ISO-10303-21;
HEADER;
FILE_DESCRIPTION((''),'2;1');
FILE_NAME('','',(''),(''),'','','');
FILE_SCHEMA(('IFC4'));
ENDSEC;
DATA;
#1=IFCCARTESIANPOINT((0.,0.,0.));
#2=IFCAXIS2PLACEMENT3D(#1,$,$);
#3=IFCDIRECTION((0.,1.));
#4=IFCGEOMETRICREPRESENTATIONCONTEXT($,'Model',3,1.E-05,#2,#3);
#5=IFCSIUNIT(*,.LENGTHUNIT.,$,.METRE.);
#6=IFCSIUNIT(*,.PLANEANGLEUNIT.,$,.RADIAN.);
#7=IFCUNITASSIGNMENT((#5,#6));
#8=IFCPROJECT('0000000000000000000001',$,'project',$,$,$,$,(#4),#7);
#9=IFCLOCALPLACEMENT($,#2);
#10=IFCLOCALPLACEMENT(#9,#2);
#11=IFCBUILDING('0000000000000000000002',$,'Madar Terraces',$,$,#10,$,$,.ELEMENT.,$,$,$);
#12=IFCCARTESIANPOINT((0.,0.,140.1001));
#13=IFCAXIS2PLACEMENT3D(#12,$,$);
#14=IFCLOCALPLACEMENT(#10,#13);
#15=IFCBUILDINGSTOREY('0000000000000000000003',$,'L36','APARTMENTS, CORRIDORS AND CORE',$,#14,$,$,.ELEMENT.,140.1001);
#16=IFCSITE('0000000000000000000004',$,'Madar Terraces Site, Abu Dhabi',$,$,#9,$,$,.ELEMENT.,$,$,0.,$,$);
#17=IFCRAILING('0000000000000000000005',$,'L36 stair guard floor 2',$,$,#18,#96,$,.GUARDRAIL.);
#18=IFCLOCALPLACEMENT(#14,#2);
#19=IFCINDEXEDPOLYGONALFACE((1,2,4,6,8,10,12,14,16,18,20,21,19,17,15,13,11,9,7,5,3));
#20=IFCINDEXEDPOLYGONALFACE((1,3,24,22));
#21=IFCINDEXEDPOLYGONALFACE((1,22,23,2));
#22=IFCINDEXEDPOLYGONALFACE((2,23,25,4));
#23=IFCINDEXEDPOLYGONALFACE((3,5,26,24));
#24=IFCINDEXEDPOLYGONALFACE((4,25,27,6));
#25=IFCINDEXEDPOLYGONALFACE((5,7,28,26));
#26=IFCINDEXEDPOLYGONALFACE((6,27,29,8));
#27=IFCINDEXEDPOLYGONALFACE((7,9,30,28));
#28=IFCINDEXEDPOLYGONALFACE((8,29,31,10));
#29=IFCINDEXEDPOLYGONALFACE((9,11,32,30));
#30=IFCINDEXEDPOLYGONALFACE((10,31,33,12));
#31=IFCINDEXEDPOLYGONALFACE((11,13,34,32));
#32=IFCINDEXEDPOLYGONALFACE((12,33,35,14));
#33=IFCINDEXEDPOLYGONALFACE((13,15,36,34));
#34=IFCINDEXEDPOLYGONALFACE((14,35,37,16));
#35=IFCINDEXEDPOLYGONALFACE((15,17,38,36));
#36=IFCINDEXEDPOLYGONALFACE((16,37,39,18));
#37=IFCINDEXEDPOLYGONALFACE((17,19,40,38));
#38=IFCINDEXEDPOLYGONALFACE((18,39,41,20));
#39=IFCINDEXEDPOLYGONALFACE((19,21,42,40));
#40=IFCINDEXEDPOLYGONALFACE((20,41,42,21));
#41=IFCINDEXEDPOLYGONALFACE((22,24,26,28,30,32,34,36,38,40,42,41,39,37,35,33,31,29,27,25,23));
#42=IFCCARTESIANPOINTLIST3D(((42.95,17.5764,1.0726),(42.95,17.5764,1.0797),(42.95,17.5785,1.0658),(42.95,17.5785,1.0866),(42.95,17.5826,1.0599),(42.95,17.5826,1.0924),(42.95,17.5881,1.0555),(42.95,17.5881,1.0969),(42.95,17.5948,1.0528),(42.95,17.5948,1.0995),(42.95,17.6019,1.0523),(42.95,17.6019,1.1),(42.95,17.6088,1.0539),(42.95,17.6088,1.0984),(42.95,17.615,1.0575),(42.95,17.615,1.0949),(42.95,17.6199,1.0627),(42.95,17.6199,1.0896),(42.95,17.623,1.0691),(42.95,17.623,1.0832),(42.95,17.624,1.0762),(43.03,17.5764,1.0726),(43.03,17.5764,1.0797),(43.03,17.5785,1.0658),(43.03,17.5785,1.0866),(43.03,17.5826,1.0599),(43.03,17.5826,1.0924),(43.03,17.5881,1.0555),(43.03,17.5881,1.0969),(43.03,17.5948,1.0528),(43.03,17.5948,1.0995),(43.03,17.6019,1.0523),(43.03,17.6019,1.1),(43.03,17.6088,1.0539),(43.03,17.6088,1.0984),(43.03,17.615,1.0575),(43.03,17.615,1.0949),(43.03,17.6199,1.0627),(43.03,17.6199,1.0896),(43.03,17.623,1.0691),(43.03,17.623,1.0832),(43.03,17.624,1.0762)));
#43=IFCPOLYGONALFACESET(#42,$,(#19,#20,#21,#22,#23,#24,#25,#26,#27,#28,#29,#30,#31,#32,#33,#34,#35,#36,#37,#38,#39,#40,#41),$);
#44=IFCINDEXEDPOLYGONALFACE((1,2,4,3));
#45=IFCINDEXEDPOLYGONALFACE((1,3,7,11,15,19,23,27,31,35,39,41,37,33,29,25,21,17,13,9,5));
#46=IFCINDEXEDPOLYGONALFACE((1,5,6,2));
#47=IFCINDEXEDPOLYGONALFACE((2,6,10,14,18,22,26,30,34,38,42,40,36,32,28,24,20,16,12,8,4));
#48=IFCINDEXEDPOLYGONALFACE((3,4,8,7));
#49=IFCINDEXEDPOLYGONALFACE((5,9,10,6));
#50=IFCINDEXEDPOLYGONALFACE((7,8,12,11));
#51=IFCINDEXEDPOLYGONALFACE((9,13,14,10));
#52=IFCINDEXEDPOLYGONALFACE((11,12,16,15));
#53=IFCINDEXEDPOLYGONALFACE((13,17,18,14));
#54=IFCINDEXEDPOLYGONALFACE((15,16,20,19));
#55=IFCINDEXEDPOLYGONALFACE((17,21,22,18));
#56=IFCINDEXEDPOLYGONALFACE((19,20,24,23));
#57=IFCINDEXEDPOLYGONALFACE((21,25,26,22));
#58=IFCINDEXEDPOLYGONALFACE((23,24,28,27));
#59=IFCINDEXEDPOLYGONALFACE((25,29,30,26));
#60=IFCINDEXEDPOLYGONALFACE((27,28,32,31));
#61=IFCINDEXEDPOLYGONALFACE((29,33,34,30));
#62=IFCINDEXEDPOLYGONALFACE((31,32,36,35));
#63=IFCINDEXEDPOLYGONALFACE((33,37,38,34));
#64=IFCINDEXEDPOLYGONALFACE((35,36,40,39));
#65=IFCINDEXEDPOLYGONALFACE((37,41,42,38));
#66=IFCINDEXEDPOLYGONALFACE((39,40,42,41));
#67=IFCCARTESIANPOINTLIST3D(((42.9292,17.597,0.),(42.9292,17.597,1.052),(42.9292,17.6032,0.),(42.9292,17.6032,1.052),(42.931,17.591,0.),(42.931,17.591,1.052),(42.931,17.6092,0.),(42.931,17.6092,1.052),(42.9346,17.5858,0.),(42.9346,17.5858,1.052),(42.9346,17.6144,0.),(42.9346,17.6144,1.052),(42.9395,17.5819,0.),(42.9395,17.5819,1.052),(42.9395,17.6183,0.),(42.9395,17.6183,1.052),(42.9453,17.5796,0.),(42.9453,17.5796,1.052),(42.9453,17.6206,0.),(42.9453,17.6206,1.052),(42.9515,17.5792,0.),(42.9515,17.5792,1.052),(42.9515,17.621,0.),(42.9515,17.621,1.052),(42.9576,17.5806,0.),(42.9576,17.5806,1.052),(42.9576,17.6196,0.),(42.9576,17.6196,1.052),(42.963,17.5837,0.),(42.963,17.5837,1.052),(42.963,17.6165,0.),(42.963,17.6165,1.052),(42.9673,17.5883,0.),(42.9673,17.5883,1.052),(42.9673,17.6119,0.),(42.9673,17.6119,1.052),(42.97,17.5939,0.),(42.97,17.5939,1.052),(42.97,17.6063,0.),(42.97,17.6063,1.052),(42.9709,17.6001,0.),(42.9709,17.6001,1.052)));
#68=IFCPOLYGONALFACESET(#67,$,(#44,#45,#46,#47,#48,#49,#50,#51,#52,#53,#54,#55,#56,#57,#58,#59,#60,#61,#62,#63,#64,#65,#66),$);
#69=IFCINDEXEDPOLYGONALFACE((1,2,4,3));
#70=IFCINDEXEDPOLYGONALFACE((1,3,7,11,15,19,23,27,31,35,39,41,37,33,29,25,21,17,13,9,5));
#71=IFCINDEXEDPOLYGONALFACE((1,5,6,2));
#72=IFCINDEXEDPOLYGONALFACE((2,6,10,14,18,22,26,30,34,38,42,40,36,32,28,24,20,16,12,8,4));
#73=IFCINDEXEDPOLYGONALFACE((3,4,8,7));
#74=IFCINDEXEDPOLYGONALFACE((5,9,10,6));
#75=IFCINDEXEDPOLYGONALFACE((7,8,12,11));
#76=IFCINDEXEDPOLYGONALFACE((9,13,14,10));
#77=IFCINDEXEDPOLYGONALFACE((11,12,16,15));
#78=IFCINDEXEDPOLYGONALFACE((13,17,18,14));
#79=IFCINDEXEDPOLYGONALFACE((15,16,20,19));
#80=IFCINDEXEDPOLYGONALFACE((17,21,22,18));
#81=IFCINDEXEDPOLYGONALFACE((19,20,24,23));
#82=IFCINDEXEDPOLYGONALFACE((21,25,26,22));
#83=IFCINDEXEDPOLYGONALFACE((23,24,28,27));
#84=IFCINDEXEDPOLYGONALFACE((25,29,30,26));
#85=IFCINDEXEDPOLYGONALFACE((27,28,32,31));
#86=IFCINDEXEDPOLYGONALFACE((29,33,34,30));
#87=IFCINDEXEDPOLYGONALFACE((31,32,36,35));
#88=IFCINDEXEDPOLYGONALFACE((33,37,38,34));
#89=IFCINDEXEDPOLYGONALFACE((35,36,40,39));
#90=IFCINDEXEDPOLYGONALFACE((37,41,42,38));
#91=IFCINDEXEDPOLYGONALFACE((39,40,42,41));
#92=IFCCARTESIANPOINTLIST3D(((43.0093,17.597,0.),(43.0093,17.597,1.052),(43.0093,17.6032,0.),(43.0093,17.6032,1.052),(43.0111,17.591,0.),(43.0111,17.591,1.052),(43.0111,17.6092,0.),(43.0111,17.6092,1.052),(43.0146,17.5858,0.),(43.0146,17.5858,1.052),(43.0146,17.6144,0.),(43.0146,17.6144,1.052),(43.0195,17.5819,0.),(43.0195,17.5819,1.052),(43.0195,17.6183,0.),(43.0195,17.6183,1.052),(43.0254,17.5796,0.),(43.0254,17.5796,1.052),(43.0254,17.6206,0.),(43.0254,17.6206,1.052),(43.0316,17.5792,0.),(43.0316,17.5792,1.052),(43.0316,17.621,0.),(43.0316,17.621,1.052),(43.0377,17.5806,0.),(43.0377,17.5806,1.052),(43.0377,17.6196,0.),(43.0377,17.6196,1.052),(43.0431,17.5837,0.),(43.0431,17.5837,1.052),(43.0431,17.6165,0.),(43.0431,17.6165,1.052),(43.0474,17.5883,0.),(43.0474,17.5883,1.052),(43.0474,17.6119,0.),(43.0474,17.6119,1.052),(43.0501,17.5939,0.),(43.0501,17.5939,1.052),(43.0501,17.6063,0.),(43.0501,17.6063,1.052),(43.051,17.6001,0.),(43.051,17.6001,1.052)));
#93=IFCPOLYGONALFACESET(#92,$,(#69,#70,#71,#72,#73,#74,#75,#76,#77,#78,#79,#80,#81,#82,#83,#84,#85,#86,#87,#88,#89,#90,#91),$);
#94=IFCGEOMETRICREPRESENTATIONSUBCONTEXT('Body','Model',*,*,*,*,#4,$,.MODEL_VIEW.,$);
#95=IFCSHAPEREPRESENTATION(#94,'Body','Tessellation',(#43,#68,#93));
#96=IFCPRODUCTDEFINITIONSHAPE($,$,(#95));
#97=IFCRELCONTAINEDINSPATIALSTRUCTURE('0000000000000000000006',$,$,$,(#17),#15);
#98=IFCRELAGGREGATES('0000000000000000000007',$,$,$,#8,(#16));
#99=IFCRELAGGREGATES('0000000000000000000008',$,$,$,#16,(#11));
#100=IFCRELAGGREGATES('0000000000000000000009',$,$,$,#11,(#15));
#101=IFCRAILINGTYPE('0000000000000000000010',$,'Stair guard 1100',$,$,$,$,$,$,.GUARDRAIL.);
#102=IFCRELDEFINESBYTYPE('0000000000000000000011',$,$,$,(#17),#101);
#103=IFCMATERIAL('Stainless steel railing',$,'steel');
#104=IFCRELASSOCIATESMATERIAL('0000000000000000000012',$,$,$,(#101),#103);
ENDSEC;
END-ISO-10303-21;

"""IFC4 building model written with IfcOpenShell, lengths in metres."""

from ifc_helpers import new_model, si_unit, direction, frame, origin, origin_2d, place, context, subcontext, project, spatial, circle, extrude, material, type_object, element, save


model = new_model("IFC4")

# Units and contexts
model_context = context("Model", 3, precision=1e-05, world=origin(), true_north=direction((0.0, 1.0)))
body_context = subcontext(model_context, "Body", "Model", "MODEL_VIEW")
ifc_project = project(units=[si_unit("LENGTHUNIT", "METRE"), si_unit("PLANEANGLEUNIT", "RADIAN")], contexts=[model_context])

# Site, building, storey
site_placement = place(None, origin())
site = spatial("IfcSite", under=ifc_project, at=site_placement, Name="Madar Terraces Site, Abu Dhabi", CompositionType="ELEMENT", RefElevation=0.0)
building_placement = place(site_placement, origin())
building = spatial("IfcBuilding", under=site, at=building_placement, Name="Madar Terraces", CompositionType="ELEMENT")
storey_placement = place(building_placement, frame((0.0, 0.0, 140.1001)))
storey = spatial("IfcBuildingStorey", under=building, at=storey_placement, Name="L36", Description="APARTMENTS, CORRIDORS AND CORE", CompositionType="ELEMENT", Elevation=140.1001)

# Railing
ifc_material_1 = material(Name="Stainless steel railing", Category="steel")
railing_type_1 = type_object("IfcRailingType", Name="Stair guard 1100", PredefinedType="GUARDRAIL", material=ifc_material_1)
railing_1_placement = place(storey_placement, frame((42.95, 17.6001, 0.0)))
element("IfcRailing", 1, at=railing_1_placement, inside=storey, type_object=railing_type_1, Name="L36 stair guard floor 2", PredefinedType="GUARDRAIL", context=body_context, shape_type="SweptSolid", body=[
    extrude(circle(Radius=0.0239, at=origin_2d()), frame((0.0, 0.0, 1.0762), z_axis=(1.0, 0.0, 0.0), x_axis=(0.0, 1.0, 0.0)), (0.0, 0.0, 1.0), 0.0801),
    extrude(circle(Radius=0.021, at=origin_2d()), origin(), (0.0, 0.0, 1.0), 1.052),
    extrude(circle(Radius=0.021, at=origin_2d()), frame((0.0801, 0.0, 0.0)), (0.0, 0.0, 1.0), 1.052),
])

save(model, "model.ifc")
